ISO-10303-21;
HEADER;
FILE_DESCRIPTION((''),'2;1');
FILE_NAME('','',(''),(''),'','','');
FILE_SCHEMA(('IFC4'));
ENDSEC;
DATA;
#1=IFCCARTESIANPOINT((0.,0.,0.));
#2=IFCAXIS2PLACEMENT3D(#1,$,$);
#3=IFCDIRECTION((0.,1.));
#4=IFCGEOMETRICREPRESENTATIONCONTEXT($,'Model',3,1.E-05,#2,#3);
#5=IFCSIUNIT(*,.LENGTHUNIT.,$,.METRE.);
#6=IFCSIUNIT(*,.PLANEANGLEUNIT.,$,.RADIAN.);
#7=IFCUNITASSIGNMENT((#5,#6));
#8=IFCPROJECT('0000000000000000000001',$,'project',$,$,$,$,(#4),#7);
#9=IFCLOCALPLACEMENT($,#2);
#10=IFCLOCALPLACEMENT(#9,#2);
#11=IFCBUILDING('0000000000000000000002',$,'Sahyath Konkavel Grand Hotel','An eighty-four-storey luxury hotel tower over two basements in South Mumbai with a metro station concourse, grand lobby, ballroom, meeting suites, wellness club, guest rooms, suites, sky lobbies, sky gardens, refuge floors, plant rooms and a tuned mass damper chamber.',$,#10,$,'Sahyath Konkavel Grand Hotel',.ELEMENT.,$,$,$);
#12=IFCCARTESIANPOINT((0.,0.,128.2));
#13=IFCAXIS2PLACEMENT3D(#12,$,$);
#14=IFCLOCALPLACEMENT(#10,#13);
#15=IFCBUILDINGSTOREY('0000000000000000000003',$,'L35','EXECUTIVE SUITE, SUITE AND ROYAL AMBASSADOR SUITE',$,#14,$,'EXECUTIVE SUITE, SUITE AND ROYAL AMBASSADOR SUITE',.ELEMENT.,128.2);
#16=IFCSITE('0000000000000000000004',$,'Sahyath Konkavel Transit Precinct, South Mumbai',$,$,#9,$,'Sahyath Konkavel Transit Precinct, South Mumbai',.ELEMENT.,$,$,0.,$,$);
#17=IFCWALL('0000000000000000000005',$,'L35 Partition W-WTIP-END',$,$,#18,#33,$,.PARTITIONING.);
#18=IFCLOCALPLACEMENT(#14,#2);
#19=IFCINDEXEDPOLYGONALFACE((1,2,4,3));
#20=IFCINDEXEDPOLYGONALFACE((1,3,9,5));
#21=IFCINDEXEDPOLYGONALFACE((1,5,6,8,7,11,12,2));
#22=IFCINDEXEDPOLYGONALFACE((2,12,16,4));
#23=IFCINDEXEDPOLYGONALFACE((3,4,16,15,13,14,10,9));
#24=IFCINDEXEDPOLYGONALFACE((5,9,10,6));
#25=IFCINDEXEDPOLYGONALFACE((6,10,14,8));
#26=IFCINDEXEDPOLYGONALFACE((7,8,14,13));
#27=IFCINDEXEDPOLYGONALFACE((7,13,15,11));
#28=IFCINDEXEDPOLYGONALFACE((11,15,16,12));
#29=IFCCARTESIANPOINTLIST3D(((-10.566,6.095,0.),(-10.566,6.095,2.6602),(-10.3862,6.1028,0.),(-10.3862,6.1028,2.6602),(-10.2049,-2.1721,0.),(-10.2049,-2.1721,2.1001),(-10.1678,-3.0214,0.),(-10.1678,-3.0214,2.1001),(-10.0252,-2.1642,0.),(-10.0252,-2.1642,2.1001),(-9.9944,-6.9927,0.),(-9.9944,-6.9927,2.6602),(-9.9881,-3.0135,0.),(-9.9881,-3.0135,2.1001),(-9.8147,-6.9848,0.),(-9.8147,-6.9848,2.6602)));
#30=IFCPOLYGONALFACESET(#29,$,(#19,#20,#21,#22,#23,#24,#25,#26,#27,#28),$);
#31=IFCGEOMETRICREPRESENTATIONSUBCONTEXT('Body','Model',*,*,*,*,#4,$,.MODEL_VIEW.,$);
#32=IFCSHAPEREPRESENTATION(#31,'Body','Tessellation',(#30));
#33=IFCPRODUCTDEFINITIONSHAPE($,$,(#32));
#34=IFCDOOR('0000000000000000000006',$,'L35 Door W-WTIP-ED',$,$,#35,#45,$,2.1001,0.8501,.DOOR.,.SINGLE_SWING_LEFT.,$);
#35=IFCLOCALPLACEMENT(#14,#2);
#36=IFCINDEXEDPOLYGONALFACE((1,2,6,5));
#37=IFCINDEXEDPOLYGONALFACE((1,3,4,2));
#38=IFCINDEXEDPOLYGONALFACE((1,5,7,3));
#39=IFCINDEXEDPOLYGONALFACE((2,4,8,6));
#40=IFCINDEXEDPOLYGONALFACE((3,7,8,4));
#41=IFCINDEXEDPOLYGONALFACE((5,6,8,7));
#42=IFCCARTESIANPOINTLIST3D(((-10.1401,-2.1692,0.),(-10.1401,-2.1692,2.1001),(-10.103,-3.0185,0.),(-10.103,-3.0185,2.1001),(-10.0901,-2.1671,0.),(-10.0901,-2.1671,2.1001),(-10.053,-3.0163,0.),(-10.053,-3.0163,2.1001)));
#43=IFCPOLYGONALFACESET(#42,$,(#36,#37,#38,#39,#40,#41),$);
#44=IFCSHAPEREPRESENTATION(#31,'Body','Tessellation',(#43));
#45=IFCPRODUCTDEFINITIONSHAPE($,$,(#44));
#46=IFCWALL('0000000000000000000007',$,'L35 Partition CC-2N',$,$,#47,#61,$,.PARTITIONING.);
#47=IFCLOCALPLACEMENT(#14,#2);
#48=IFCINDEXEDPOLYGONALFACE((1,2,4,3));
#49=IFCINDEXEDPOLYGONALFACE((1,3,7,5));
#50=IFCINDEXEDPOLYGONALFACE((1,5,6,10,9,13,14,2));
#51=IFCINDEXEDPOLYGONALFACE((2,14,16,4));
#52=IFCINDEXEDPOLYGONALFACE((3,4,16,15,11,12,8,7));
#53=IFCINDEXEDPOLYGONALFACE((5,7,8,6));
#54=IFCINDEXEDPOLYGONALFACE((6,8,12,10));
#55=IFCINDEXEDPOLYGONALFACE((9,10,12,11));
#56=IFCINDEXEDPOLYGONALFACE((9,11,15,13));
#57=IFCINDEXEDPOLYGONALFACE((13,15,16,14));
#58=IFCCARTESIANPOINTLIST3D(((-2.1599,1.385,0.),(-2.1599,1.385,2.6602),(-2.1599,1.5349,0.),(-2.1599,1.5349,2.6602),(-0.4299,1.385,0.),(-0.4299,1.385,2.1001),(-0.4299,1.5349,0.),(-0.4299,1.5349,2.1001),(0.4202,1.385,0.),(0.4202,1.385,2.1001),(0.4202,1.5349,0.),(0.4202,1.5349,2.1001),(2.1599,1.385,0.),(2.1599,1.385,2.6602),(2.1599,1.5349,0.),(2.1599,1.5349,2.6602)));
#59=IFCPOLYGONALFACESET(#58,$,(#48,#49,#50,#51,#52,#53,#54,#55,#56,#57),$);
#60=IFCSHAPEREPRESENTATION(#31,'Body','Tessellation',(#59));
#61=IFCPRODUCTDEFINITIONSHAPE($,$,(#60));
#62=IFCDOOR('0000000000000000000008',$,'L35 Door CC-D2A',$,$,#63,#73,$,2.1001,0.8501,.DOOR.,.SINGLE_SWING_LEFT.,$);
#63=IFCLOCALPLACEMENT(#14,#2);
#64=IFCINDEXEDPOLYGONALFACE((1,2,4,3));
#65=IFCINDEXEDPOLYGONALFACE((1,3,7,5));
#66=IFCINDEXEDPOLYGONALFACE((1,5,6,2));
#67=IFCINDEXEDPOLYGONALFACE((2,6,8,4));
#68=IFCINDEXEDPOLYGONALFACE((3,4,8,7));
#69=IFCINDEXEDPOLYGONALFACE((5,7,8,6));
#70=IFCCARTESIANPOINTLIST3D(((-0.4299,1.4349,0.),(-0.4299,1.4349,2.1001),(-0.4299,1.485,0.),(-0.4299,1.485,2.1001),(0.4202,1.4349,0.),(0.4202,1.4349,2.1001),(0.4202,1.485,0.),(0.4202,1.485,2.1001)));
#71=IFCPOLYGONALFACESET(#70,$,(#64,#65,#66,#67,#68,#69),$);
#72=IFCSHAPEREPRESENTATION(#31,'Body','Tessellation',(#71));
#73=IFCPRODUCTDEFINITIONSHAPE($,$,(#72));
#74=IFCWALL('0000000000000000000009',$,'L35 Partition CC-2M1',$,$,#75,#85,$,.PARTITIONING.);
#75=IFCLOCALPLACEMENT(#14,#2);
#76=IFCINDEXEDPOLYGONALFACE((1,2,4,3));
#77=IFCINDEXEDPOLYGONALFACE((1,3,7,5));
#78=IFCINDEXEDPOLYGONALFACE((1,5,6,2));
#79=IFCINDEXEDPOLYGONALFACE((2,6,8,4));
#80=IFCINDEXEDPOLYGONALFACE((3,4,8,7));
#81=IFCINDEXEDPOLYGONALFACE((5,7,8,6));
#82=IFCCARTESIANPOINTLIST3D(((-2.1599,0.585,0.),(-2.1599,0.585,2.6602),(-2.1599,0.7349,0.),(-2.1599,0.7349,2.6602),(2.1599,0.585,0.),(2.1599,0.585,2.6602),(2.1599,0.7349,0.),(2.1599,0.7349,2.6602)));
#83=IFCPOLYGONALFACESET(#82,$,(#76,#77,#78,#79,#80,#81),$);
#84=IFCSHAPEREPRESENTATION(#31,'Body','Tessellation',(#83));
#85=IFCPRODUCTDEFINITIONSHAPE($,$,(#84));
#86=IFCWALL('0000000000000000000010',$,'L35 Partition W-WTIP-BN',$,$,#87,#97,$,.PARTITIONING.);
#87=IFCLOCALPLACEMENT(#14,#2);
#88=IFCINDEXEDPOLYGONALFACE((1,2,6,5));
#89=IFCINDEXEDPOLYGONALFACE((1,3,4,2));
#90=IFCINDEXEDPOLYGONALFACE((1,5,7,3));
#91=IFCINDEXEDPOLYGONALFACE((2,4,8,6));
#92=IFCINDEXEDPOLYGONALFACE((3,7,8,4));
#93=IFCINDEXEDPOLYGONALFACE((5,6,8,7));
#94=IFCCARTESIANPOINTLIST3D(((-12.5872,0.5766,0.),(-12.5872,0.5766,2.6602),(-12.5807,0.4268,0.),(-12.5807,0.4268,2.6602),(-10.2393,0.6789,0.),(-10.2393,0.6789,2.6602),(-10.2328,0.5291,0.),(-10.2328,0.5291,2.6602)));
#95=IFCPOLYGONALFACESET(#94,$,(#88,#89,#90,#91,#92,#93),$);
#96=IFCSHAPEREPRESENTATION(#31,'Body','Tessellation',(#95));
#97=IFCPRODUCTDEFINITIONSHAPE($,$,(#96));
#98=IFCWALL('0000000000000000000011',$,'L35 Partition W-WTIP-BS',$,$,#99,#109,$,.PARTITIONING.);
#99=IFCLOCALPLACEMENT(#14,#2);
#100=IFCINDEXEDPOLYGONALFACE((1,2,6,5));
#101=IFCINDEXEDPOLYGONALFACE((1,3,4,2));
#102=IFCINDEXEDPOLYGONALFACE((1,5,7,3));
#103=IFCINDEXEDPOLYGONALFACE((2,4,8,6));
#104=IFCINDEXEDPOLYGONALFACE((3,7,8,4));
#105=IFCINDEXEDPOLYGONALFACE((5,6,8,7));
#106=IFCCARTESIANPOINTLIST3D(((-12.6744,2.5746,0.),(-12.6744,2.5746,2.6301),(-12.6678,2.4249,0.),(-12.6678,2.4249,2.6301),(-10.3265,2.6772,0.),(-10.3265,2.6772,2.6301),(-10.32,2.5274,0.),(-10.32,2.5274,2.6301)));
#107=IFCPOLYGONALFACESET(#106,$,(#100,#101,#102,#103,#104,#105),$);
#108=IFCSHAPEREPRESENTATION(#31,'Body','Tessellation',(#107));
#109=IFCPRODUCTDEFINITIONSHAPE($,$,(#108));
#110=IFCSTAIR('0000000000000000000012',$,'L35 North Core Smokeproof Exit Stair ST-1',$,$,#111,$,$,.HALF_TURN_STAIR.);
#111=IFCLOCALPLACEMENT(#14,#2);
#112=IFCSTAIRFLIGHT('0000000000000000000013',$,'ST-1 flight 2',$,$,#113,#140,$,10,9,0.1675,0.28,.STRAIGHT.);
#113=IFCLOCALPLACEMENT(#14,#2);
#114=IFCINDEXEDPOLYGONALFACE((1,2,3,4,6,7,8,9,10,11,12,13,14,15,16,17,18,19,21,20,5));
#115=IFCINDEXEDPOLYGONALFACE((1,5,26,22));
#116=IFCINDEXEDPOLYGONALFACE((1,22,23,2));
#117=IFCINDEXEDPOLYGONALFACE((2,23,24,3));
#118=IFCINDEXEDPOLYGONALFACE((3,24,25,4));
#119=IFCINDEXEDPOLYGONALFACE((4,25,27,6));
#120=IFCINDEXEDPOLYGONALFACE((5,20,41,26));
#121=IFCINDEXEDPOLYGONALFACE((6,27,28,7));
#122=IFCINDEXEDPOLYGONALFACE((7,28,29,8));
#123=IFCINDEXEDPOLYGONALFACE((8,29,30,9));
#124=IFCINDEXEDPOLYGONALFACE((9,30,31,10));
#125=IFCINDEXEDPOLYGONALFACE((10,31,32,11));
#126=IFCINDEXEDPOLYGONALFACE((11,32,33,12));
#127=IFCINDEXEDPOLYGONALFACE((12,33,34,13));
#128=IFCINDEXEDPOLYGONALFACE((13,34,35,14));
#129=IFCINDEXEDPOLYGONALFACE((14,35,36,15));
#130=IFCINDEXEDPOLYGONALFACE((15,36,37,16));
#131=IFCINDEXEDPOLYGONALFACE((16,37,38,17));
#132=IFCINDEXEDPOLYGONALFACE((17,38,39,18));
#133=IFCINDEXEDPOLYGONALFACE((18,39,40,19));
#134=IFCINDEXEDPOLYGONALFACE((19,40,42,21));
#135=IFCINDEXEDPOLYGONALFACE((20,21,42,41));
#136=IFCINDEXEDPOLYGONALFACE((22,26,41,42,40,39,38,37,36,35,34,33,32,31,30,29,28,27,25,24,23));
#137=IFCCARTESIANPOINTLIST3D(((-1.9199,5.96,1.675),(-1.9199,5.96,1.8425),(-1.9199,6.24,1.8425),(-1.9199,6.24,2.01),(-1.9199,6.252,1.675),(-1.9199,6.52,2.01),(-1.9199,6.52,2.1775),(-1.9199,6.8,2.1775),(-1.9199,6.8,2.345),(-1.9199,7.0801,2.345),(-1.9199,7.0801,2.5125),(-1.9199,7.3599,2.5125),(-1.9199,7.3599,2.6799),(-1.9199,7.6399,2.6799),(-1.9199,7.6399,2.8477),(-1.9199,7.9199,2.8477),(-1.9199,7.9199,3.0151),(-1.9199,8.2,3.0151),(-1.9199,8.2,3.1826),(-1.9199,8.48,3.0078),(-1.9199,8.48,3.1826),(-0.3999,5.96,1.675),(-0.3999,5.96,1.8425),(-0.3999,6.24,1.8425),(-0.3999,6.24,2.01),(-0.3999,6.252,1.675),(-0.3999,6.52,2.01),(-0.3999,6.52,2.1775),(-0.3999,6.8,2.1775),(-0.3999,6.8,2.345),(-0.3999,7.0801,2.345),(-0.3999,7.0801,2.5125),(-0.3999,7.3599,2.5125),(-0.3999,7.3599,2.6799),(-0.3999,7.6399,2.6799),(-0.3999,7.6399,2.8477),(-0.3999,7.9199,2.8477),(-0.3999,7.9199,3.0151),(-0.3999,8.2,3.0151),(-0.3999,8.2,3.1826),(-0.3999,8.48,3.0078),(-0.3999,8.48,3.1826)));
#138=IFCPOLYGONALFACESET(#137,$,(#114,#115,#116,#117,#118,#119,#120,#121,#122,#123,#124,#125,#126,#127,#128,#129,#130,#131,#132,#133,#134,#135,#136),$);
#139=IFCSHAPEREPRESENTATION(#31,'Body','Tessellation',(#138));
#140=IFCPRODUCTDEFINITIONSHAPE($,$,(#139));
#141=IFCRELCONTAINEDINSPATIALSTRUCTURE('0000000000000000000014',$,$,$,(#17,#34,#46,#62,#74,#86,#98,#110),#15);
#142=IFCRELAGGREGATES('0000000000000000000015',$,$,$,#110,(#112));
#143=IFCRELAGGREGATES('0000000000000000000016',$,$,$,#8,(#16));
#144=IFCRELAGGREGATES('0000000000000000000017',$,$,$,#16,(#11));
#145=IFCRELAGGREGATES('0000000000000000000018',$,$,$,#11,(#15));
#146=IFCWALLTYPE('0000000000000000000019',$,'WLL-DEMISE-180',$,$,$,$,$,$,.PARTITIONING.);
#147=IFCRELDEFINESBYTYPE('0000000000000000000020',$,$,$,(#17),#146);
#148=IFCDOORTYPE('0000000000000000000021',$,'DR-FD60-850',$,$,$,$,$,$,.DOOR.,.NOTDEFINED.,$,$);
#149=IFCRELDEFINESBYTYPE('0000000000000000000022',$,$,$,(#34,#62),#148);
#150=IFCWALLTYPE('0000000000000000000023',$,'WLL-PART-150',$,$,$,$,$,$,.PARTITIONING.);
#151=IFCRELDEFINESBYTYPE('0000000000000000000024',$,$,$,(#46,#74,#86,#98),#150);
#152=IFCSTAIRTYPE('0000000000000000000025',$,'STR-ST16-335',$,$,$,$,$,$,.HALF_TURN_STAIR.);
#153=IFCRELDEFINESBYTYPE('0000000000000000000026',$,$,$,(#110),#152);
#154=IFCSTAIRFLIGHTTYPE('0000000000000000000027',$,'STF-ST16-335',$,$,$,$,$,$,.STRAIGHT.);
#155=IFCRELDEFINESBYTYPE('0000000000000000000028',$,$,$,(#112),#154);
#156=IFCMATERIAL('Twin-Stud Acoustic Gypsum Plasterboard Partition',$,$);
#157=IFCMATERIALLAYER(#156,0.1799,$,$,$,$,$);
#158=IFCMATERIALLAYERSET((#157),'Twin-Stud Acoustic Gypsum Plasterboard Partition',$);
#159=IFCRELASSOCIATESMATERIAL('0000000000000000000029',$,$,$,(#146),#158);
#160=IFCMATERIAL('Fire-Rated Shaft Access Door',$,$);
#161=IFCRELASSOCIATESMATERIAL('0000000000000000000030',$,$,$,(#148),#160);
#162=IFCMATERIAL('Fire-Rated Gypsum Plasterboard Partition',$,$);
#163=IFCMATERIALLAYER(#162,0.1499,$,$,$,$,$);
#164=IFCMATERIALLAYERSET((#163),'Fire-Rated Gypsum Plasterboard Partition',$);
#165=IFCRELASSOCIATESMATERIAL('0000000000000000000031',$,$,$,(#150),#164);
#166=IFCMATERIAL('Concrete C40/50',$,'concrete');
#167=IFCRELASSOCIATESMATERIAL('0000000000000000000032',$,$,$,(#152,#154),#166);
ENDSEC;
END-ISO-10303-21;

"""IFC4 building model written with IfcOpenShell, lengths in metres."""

from ifc_helpers import new_model, si_unit, direction, frame, frame_2d, origin, origin_2d, place, context, subcontext, project, spatial, polyline, rectangle, outline, extrude, source, transform, mapped, material, layer, layer_set, type_object, element, fill, aggregate, save


model = new_model("IFC4")

# Units and contexts
model_context = context("Model", 3, precision=1e-05, world=origin(), true_north=direction((0.0, 1.0)))
body_context = subcontext(model_context, "Body", "Model", "MODEL_VIEW")
ifc_project = project(units=[si_unit("LENGTHUNIT", "METRE"), si_unit("PLANEANGLEUNIT", "RADIAN")], contexts=[model_context])

# Site, building, storey
site_placement = place(None, origin())
site = spatial("IfcSite", under=ifc_project, at=site_placement, Name="Sahyath Konkavel Transit Precinct, South Mumbai", LongName="Sahyath Konkavel Transit Precinct, South Mumbai", CompositionType="ELEMENT", RefElevation=0.0)
building_placement = place(site_placement, origin())
building = spatial("IfcBuilding", under=site, at=building_placement, Name="Sahyath Konkavel Grand Hotel", Description="An eighty-four-storey luxury hotel tower over two basements in South Mumbai with a metro station concourse, grand lobby, ballroom, meeting suites, wellness club, guest rooms, suites, sky lobbies, sky gardens, refuge floors, plant rooms and a tuned mass damper chamber.", LongName="Sahyath Konkavel Grand Hotel", CompositionType="ELEMENT")
storey_placement = place(building_placement, frame((0.0, 0.0, 128.2)))
storey = spatial("IfcBuildingStorey", under=building, at=storey_placement, Name="L35", Description="EXECUTIVE SUITE, SUITE AND ROYAL AMBASSADOR SUITE", LongName="EXECUTIVE SUITE, SUITE AND ROYAL AMBASSADOR SUITE", CompositionType="ELEMENT", Elevation=128.2)

# Shared definitions
ifc_material_1 = material(Name="Concrete C40/50", Category="concrete")
ifc_material_2 = material(Name="Twin-Stud Acoustic Gypsum Plasterboard Partition")
ifc_layer_1 = layer(ifc_material_2, 0.1799)
ifc_layer_set_1 = layer_set([ifc_layer_1], Name="Twin-Stud Acoustic Gypsum Plasterboard Partition")
wall_type_1 = type_object("IfcWallType", Name="WLL-DEMISE-180", PredefinedType="PARTITIONING", material=ifc_layer_set_1)

# Walls, openings, doors
wall_1_placement = place(storey_placement, frame((-10.4761, 6.0989, 0.0), z_axis=(0.0, 0.0, 1.0), x_axis=(0.043628, -0.999048, 0.0)))
wall_1 = element("IfcWall", 1, at=wall_1_placement, inside=storey, type_object=wall_type_1, Name="L35 Partition W-WTIP-END", PredefinedType="PARTITIONING", context=body_context, shape_type="SweptSolid", body=[
    extrude(rectangle(XDim=13.1001, YDim=0.1799, at=frame_2d((6.55, 0.0))), origin(), (0.0, 0.0, 1.0), 2.6602),
])
opening_1_placement = place(wall_1_placement, frame((8.2749, 0.0, 0.0)))
opening_1 = element("IfcOpeningElement", 2, at=opening_1_placement, cuts=wall_1, PredefinedType="OPENING", context=body_context, shape_type="SweptSolid", body=[
    extrude(rectangle(XDim=0.8501, YDim=2.1001, at=frame_2d((0.425, 1.05))), frame((0.0, 0.1001, 0.0), z_axis=(0.0, -1.0, 0.0), x_axis=(1.0, 0.0, 0.0)), (0.0, 0.0, 1.0), 0.2),
])
ifc_material_3 = material(Name="Fire-Rated Shaft Access Door")
door_type = type_object("IfcDoorType", Name="DR-FD60-850", OperationType="NOTDEFINED", PredefinedType="DOOR", material=ifc_material_3)
shared_shape_1 = source(origin(), body_context, "Body", "SweptSolid", [
    extrude(rectangle(XDim=0.8501, YDim=0.05, at=origin_2d()), origin(), (0.0, 0.0, 1.0), 2.1001),
])
door_1_placement = place(opening_1_placement, frame((0.425, 0.0, 0.0)))
door_1 = element("IfcDoor", 3, at=door_1_placement, inside=storey, type_object=door_type, Name="L35 Door W-WTIP-ED", OperationType="SINGLE_SWING_LEFT", OverallHeight=2.1001, OverallWidth=0.8501, PredefinedType="DOOR", context=body_context, shape_type="MappedRepresentation", body=[
    mapped(shared_shape_1, transform((0.0, 0.0, 0.0), scale=1.0)),
])
fill(opening_1, door_1)
ifc_material_4 = material(Name="Fire-Rated Gypsum Plasterboard Partition")
ifc_layer_2 = layer(ifc_material_4, 0.1499)
ifc_layer_set_2 = layer_set([ifc_layer_2], Name="Fire-Rated Gypsum Plasterboard Partition")
wall_type_2 = type_object("IfcWallType", Name="WLL-PART-150", PredefinedType="PARTITIONING", material=ifc_layer_set_2)
wall_2_placement = place(storey_placement, frame((-2.1599, 1.46, 0.0), z_axis=(0.0, 0.0, 1.0), x_axis=(1.0, 0.0, 0.0)))
wall_2 = element("IfcWall", 4, at=wall_2_placement, inside=storey, type_object=wall_type_2, Name="L35 Partition CC-2N", PredefinedType="PARTITIONING", context=body_context, shape_type="SweptSolid", body=[
    extrude(rectangle(XDim=4.3198, YDim=0.1499, at=frame_2d((2.1599, 0.0))), origin(), (0.0, 0.0, 1.0), 2.6602),
])
opening_2_placement = place(wall_2_placement, frame((1.73, 0.0, 0.0)))
opening_2 = element("IfcOpeningElement", 5, at=opening_2_placement, cuts=wall_2, PredefinedType="OPENING", context=body_context, shape_type="SweptSolid", body=[
    extrude(rectangle(XDim=0.8501, YDim=2.1001, at=frame_2d((0.425, 1.05))), frame((0.0, 0.085, 0.0), z_axis=(0.0, -1.0, 0.0), x_axis=(1.0, 0.0, 0.0)), (0.0, 0.0, 1.0), 0.1699),
])
door_2_placement = place(opening_2_placement, frame((0.425, 0.0, 0.0)))
door_2 = element("IfcDoor", 6, at=door_2_placement, inside=storey, type_object=door_type, Name="L35 Door CC-D2A", OperationType="SINGLE_SWING_LEFT", OverallHeight=2.1001, OverallWidth=0.8501, PredefinedType="DOOR", context=body_context, shape_type="MappedRepresentation", body=[
    mapped(shared_shape_1, transform((0.0, 0.0, 0.0), scale=1.0)),
])
fill(opening_2, door_2)

# Walls
wall_3_placement = place(storey_placement, frame((-2.1599, 0.6599, 0.0), z_axis=(0.0, 0.0, 1.0), x_axis=(1.0, 0.0, 0.0)))
element("IfcWall", 7, at=wall_3_placement, inside=storey, type_object=wall_type_2, Name="L35 Partition CC-2M1", PredefinedType="PARTITIONING", context=body_context, shape_type="SweptSolid", body=[
    extrude(rectangle(XDim=4.3198, YDim=0.1499, at=frame_2d((2.1599, 0.0))), origin(), (0.0, 0.0, 1.0), 2.6602),
])
wall_4_placement = place(storey_placement, frame((-10.2361, 0.604, 0.0), z_axis=(0.0, 0.0, 1.0), x_axis=(-0.999052, -0.043527, 0.0)))
element("IfcWall", 8, at=wall_4_placement, inside=storey, type_object=wall_type_2, Name="L35 Partition W-WTIP-BN", PredefinedType="PARTITIONING", context=body_context, shape_type="SweptSolid", body=[
    extrude(rectangle(XDim=2.3501, YDim=0.1499, at=frame_2d((1.175, 0.0))), origin(), (0.0, 0.0, 1.0), 2.6602),
])
wall_5_placement = place(storey_placement, frame((-10.3232, 2.6023, 0.0), z_axis=(0.0, 0.0, 1.0), x_axis=(-0.999048, -0.043631, 0.0)))
element("IfcWall", 9, at=wall_5_placement, inside=storey, type_object=wall_type_2, Name="L35 Partition W-WTIP-BS", PredefinedType="PARTITIONING", context=body_context, shape_type="SweptSolid", body=[
    extrude(rectangle(XDim=2.3501, YDim=0.1499, at=frame_2d((1.175, 0.0))), origin(), (0.0, 0.0, 1.0), 2.6301),
])

# Stair, stair flight
stair_type = type_object("IfcStairType", Name="STR-ST16-335", PredefinedType="HALF_TURN_STAIR", material=ifc_material_1)
stair_placement = place(storey_placement, origin())
stair = element("IfcStair", 10, at=stair_placement, inside=storey, type_object=stair_type, Name="L35 North Core Smokeproof Exit Stair ST-1", PredefinedType="HALF_TURN_STAIR")
stair_flight_type = type_object("IfcStairFlightType", Name="STF-ST16-335", PredefinedType="STRAIGHT", material=ifc_material_1)
stair_flight_placement = place(storey_placement, frame((-1.1599, 5.96, 1.675), z_axis=(0.0, 0.0, 1.0), x_axis=(0.0, 1.0, 0.0)))
stair_flight = element("IfcStairFlight", 11, at=stair_flight_placement, type_object=stair_flight_type, Name="ST-1 flight 2", NumberOfRisers=10, NumberOfTreads=9, PredefinedType="STRAIGHT", RiserHeight=0.1675, TreadLength=0.28, context=body_context, shape_type="SweptSolid", body=[
    extrude(outline(polyline([(0.0, 0.0), (0.0, 0.1675), (0.28, 0.1675), (0.28, 0.335), (0.5601, 0.335), (0.5601, 0.5024), (0.8401, 0.5024), (0.8401, 0.6699), (1.1201, 0.6699), (1.1201, 0.8374), (1.3999, 0.8374), (1.3999, 1.0049), (1.6799, 1.0049), (1.6799, 1.1726), (1.96, 1.1726), (1.96, 1.3401), (2.24, 1.3401), (2.24, 1.5076), (2.52, 1.5076), (2.52, 1.675), (2.52, 1.3328), (0.292, 0.0), (0.0, 0.0)])), frame((0.0, 0.76, 0.0), z_axis=(0.0, -1.0, 0.0), x_axis=(1.0, 0.0, 0.0)), (0.0, 0.0, 1.0), 1.52),
])
aggregate(stair, [stair_flight])

save(model, "model.ifc")
